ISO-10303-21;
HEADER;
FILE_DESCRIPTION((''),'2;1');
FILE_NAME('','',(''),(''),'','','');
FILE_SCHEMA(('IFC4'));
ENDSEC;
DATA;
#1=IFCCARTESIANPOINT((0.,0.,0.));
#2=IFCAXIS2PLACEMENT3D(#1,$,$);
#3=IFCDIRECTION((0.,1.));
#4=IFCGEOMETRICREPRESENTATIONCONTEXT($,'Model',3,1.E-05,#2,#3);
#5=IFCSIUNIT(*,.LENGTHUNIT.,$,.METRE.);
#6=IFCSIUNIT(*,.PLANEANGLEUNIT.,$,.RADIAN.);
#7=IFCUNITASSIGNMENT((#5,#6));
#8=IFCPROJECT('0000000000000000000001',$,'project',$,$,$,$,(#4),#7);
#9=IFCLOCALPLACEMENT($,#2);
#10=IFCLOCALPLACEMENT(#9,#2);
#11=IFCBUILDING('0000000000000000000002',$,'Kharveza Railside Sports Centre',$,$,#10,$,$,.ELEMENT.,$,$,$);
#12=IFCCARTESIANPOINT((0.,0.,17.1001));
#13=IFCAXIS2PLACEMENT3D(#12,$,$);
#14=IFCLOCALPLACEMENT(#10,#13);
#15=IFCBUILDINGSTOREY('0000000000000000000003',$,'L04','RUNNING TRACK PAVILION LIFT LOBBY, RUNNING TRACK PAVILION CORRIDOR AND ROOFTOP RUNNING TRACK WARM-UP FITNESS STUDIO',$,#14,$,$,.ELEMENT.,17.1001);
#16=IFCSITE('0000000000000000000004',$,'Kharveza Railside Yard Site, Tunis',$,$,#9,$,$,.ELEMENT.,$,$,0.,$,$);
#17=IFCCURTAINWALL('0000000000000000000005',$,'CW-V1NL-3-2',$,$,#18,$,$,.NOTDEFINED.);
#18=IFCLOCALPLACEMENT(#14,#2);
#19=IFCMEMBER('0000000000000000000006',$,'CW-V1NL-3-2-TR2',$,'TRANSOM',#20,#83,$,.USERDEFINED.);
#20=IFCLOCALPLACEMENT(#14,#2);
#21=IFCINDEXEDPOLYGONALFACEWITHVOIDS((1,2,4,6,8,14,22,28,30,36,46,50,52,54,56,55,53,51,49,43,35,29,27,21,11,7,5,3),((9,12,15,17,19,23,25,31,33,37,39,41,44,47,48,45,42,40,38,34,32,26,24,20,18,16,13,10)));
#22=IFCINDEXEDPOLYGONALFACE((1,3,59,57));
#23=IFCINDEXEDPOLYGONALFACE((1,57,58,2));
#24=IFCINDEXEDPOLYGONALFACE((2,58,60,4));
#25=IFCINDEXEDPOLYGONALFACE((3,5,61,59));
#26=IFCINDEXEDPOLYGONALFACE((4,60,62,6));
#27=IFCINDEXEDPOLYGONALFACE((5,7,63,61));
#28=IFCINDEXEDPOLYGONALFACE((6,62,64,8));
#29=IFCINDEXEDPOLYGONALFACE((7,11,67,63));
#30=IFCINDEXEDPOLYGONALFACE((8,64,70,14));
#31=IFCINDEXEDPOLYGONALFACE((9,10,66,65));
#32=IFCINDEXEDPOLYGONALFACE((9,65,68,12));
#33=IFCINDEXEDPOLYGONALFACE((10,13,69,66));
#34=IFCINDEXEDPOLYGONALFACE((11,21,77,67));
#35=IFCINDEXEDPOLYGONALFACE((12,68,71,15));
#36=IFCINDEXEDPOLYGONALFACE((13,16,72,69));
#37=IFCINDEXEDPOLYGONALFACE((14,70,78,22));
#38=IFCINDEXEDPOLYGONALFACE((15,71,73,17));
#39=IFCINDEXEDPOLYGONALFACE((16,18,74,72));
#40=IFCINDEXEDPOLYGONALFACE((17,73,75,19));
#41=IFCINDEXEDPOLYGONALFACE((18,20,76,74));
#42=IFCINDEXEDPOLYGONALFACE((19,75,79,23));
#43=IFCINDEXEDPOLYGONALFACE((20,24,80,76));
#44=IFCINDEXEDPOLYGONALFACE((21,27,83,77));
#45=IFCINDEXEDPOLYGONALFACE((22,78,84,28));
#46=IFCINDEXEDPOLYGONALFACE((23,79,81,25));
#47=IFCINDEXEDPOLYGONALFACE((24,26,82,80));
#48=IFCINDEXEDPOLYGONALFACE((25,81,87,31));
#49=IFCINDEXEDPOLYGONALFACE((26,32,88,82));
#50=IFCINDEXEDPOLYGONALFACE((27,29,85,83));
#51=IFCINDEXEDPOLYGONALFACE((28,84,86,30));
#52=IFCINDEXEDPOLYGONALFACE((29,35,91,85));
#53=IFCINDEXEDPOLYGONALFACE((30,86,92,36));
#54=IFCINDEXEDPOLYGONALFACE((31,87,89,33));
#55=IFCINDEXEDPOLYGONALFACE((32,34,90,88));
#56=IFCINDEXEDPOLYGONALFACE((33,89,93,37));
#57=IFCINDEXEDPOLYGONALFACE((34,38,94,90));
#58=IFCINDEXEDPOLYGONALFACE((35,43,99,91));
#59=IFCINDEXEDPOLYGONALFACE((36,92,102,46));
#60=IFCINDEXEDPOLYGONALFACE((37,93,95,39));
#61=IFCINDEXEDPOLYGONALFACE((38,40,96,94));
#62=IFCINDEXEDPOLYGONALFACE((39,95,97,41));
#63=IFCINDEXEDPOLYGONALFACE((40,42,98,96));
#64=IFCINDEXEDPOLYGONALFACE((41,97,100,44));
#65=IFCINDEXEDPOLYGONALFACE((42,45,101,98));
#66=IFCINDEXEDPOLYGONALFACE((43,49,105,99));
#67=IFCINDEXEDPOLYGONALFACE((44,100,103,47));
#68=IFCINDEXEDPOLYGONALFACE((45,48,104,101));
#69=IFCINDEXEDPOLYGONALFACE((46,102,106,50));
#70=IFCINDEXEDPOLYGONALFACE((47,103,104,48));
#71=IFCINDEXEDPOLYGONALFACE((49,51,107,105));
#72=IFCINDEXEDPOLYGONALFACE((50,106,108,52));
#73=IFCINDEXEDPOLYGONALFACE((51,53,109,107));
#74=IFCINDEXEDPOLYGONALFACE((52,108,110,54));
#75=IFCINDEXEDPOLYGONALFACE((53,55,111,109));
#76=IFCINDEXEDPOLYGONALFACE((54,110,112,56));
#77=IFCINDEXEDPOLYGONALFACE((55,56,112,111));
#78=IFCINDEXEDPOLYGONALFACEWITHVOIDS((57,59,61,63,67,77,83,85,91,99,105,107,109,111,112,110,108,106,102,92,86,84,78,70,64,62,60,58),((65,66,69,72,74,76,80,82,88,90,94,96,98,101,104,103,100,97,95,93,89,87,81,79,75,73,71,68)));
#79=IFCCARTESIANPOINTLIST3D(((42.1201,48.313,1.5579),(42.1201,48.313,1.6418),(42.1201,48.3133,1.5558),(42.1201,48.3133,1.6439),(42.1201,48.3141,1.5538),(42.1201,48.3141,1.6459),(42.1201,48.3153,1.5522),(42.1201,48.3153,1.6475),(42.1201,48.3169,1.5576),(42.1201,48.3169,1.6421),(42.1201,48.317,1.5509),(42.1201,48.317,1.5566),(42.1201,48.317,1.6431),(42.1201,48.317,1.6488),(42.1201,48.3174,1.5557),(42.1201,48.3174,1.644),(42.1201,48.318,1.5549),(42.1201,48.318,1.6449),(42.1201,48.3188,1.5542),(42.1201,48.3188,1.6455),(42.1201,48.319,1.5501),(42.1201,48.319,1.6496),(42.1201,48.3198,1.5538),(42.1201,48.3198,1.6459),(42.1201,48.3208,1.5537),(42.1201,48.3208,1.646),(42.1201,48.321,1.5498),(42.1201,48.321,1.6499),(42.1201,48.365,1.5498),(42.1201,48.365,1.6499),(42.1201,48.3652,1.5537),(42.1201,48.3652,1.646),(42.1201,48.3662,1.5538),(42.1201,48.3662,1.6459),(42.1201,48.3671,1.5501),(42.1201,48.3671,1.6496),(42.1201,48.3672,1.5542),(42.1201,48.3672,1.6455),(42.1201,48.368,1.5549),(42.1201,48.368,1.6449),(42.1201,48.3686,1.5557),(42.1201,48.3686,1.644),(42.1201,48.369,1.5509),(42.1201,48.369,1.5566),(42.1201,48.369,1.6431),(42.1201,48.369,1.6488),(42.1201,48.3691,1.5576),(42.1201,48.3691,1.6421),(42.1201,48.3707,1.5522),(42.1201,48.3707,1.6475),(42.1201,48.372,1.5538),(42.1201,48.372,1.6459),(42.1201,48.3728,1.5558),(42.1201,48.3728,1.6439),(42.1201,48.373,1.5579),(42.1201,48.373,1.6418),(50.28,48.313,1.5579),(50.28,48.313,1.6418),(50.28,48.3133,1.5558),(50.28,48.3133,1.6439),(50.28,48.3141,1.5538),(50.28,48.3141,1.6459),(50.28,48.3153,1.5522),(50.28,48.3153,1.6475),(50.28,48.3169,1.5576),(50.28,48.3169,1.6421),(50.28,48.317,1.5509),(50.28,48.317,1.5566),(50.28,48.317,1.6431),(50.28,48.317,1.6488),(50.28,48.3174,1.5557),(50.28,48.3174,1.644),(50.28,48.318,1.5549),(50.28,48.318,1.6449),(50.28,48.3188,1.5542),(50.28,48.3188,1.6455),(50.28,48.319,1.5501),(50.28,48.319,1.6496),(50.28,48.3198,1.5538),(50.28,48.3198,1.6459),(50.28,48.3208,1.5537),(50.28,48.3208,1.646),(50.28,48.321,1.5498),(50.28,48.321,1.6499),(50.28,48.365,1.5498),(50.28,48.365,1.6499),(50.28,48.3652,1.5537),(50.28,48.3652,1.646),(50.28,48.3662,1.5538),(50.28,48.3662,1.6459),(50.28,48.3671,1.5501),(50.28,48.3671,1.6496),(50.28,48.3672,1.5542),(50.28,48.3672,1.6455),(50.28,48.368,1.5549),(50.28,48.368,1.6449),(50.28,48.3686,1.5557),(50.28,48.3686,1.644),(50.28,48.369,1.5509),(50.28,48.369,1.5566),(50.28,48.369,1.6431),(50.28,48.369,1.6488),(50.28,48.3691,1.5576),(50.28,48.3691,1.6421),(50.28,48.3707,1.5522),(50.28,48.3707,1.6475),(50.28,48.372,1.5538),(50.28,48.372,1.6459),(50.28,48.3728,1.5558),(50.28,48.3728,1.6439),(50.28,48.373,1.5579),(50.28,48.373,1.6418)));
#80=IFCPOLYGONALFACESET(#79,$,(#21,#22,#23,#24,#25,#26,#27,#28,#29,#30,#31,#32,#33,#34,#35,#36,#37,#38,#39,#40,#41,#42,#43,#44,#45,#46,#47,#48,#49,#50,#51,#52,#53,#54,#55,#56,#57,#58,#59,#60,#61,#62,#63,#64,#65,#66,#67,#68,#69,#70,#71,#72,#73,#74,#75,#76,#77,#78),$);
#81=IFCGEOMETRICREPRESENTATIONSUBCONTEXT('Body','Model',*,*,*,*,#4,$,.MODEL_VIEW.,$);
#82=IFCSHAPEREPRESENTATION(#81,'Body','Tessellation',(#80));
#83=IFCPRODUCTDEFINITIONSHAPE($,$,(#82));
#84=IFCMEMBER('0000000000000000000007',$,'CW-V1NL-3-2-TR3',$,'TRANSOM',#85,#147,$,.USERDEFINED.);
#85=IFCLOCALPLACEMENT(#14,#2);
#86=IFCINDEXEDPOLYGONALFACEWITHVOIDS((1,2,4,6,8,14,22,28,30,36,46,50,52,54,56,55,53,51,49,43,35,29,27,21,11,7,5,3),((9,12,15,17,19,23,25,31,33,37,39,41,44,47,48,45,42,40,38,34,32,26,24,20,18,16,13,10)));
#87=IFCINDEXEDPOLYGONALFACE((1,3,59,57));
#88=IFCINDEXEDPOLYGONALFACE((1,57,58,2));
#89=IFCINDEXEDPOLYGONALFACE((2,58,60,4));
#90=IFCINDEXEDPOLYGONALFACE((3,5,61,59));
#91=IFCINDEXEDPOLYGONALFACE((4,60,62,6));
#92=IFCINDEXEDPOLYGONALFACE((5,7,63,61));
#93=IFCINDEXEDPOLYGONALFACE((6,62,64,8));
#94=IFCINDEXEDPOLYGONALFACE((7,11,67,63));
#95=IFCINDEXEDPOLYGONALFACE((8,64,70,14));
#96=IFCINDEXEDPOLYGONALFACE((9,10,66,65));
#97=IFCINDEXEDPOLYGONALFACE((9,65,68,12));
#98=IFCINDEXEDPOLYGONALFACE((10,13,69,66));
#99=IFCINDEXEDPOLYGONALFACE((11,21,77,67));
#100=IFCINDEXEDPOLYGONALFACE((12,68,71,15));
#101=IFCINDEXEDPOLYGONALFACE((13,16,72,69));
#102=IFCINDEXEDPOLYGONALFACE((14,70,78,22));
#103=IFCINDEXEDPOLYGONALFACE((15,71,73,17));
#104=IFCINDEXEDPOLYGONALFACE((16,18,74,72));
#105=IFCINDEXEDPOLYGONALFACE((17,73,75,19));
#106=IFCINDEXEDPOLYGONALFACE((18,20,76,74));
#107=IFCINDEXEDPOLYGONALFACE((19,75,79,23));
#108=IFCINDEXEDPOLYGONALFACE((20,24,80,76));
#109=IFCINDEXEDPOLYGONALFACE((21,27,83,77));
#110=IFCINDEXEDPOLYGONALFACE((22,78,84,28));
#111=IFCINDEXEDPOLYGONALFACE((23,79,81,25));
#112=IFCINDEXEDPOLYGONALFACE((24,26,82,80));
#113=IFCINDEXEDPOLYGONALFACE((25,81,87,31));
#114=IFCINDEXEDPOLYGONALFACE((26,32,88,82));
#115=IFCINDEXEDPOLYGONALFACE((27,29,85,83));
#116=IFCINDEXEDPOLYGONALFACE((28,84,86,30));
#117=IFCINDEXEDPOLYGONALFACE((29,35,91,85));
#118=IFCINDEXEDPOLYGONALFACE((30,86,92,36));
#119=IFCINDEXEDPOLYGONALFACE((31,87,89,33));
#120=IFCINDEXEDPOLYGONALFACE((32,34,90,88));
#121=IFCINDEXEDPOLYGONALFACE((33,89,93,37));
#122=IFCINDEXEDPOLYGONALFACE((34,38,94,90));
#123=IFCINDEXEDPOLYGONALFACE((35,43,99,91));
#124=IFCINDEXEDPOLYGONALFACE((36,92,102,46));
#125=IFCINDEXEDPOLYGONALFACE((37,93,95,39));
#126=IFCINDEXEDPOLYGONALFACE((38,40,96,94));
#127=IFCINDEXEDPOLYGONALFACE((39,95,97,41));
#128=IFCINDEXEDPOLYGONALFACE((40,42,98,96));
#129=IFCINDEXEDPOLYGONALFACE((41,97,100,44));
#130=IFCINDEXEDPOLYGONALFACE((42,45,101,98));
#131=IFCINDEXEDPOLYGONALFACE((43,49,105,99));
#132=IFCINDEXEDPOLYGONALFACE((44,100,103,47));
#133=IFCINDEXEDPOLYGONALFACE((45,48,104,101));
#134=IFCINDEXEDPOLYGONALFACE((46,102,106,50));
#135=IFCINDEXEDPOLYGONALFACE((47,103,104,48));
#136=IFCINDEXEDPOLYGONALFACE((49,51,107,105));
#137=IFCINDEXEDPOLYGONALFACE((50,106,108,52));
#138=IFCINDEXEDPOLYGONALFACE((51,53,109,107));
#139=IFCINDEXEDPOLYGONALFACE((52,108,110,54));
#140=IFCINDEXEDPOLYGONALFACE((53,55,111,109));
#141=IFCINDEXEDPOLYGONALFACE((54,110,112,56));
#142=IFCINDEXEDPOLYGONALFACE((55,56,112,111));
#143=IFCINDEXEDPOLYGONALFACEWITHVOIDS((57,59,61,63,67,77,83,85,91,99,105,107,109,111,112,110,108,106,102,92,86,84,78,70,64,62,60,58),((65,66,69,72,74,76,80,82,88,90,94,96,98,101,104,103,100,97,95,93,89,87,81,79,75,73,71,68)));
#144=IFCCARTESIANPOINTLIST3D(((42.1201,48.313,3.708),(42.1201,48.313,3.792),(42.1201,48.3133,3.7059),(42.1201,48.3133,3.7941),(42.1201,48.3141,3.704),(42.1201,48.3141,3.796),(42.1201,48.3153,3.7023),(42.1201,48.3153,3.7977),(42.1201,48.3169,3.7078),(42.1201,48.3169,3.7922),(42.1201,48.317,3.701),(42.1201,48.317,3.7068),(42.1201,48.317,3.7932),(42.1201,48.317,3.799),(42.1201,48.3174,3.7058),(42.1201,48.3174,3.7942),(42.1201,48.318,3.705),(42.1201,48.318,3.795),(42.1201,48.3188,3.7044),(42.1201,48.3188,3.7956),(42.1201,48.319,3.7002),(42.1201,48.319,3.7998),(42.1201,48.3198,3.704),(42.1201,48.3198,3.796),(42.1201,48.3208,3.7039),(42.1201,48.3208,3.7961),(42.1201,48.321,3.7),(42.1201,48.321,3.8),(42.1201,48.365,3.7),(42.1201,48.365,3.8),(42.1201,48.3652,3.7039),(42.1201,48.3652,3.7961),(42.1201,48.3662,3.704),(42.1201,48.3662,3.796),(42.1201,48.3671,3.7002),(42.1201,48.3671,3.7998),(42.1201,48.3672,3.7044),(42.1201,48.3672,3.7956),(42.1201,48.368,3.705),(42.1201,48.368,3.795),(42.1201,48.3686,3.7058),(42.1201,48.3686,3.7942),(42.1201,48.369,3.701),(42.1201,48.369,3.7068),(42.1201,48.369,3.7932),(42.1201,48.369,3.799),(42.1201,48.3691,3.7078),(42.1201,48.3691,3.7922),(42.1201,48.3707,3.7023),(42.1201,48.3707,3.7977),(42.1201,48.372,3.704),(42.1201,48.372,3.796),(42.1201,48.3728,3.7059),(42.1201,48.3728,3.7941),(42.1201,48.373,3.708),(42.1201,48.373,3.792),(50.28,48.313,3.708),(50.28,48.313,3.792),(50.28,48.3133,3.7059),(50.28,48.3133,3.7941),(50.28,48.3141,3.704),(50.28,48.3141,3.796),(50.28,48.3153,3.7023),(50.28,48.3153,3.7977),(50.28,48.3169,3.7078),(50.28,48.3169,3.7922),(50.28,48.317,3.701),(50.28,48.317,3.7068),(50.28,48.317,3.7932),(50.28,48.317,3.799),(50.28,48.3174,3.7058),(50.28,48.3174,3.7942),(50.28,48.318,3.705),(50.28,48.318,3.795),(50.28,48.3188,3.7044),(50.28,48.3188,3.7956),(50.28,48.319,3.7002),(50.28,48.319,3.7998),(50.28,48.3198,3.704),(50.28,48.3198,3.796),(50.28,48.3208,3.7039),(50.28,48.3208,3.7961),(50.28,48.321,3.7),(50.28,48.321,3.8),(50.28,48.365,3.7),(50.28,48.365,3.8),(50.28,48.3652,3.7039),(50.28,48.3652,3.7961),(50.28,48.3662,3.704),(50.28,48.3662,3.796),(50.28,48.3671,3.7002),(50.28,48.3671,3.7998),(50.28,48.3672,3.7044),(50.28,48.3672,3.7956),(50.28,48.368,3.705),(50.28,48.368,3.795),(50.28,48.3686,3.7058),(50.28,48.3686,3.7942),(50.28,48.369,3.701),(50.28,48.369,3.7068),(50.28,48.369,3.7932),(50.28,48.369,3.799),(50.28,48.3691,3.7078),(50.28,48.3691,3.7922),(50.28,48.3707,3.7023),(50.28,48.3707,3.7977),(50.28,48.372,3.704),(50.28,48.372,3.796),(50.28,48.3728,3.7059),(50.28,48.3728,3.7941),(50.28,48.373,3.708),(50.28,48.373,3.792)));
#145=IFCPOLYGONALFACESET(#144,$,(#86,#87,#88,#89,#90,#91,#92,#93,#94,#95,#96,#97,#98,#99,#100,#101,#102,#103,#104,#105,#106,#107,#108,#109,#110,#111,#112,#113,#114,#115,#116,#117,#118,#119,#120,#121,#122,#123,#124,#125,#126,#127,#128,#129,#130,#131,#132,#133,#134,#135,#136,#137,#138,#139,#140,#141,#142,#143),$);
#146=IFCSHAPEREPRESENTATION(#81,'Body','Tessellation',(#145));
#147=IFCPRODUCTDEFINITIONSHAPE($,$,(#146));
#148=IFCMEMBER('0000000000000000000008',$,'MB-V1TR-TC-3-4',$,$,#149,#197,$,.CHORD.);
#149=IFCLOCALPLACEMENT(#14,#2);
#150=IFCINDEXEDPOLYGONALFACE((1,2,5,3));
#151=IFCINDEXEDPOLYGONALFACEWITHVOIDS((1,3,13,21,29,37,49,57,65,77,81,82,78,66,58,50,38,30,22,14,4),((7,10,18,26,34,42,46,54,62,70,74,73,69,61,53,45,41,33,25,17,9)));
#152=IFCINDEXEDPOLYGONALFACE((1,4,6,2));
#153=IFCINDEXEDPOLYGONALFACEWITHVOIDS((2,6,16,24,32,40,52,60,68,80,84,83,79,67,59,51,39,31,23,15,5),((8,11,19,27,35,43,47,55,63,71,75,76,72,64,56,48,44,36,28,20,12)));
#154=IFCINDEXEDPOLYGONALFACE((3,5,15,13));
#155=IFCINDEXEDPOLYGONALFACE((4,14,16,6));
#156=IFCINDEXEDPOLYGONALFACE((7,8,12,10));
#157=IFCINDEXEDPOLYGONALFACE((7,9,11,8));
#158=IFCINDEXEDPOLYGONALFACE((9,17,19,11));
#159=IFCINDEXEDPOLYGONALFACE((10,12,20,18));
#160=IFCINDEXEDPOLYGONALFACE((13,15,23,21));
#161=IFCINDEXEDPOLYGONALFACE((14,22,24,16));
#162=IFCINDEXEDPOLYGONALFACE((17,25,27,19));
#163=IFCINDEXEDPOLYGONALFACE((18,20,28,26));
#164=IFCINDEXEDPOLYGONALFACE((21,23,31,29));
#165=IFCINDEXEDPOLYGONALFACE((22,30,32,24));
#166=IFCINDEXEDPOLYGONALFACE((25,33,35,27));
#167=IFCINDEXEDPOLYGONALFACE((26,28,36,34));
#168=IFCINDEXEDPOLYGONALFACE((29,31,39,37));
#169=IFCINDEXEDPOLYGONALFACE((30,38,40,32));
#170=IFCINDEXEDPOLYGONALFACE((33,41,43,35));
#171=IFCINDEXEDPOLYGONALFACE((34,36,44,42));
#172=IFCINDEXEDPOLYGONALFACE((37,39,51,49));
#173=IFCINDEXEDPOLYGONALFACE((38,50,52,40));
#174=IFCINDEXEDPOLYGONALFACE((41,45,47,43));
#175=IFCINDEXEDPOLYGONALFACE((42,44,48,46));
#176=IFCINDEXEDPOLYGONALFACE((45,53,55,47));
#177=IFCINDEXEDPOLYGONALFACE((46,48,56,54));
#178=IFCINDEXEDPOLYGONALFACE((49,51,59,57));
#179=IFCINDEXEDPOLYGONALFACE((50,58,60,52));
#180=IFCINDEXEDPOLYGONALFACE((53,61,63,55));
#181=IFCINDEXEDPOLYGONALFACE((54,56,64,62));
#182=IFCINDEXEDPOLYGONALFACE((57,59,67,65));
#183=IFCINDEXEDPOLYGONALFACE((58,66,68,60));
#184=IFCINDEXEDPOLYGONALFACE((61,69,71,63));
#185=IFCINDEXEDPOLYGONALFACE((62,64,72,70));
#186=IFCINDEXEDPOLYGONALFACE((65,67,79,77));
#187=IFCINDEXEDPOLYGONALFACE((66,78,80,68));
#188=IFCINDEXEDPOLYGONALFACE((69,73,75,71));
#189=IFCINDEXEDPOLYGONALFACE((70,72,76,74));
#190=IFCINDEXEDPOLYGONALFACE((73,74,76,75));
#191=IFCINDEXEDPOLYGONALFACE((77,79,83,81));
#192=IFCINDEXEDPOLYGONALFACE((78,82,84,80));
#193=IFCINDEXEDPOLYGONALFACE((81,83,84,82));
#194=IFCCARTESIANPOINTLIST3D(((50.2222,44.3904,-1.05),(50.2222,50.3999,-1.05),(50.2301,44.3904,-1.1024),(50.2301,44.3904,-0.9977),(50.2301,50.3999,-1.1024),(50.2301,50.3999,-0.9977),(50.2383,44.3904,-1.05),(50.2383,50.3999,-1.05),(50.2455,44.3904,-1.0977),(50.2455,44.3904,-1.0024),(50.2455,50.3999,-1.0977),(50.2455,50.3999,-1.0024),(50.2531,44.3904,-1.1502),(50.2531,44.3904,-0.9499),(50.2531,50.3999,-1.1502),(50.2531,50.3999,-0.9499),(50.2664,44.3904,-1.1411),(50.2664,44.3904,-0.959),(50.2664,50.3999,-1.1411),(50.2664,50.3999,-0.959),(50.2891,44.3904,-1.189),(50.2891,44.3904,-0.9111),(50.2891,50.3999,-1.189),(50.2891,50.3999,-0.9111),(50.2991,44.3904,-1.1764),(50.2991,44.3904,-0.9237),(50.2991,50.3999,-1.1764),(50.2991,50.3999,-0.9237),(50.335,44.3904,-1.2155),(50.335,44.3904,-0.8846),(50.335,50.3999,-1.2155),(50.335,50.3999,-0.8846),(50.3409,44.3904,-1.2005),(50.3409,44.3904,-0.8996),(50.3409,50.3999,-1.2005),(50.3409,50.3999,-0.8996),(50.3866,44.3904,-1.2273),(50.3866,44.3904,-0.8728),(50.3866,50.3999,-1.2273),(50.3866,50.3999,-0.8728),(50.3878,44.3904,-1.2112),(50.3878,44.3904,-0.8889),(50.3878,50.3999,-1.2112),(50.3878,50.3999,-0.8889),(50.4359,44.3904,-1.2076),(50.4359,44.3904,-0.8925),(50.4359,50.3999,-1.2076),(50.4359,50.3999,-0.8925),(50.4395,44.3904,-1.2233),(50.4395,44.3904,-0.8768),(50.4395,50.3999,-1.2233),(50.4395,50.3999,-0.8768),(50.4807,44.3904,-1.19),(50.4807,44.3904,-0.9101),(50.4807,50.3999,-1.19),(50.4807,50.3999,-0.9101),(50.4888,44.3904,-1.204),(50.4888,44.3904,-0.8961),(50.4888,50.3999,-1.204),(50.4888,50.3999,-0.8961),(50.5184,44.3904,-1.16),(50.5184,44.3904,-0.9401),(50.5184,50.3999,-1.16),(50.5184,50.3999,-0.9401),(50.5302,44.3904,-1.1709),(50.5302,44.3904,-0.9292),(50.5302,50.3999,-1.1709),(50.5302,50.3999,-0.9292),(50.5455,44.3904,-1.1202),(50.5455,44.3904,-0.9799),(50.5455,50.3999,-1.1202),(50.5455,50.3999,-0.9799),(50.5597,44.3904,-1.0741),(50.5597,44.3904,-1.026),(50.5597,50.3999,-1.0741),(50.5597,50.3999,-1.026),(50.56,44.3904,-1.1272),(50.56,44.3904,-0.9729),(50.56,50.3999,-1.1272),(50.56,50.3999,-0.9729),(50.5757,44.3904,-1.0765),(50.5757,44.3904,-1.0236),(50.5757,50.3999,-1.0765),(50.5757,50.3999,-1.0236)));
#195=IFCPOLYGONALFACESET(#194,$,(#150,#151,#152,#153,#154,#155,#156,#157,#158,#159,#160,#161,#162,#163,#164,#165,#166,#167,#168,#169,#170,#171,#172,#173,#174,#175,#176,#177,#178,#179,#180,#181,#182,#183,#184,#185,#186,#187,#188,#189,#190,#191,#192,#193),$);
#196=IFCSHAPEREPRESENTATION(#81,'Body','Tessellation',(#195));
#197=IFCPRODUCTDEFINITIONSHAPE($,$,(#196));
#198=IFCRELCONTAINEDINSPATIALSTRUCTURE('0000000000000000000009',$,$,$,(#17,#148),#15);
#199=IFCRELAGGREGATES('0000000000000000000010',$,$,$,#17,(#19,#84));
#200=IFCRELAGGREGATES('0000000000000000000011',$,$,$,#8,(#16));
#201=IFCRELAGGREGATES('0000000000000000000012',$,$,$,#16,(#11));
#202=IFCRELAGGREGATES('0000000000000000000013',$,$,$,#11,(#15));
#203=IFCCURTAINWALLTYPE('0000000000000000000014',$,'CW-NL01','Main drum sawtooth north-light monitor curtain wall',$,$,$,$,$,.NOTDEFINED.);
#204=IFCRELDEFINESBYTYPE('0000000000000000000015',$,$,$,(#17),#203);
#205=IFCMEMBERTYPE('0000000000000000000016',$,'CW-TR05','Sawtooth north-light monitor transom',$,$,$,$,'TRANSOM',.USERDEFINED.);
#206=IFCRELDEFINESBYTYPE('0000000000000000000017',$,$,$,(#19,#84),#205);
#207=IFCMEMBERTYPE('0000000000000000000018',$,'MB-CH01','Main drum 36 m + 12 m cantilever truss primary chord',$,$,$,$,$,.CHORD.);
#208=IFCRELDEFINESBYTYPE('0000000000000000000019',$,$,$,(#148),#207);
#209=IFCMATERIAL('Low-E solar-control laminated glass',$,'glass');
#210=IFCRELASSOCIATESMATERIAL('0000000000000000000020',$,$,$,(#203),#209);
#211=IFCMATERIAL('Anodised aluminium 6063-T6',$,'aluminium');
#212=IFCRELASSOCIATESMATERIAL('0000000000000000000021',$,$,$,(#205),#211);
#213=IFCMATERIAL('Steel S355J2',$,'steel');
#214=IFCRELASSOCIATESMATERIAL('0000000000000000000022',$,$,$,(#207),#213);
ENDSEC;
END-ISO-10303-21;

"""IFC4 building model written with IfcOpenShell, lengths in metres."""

from ifc_helpers import new_model, si_unit, direction, frame, origin, origin_2d, place, context, subcontext, project, spatial, hollow_rectangle, hollow_circle, extrude, material, material_profile, profile_set, type_object, element, aggregate, save


model = new_model("IFC4")

# Units and contexts
model_context = context("Model", 3, precision=1e-05, world=origin(), true_north=direction((0.0, 1.0)))
body_context = subcontext(model_context, "Body", "Model", "MODEL_VIEW")
ifc_project = project(units=[si_unit("LENGTHUNIT", "METRE"), si_unit("PLANEANGLEUNIT", "RADIAN")], contexts=[model_context])

# Site, building, storey
site_placement = place(None, origin())
site = spatial("IfcSite", under=ifc_project, at=site_placement, Name="Kharveza Railside Yard Site, Tunis", CompositionType="ELEMENT", RefElevation=0.0)
building_placement = place(site_placement, origin())
building = spatial("IfcBuilding", under=site, at=building_placement, Name="Kharveza Railside Sports Centre", CompositionType="ELEMENT")
storey_placement = place(building_placement, frame((0.0, 0.0, 17.1001)))
storey = spatial("IfcBuildingStorey", under=building, at=storey_placement, Name="L04", Description="RUNNING TRACK PAVILION LIFT LOBBY, RUNNING TRACK PAVILION CORRIDOR AND ROOFTOP RUNNING TRACK WARM-UP FITNESS STUDIO", CompositionType="ELEMENT", Elevation=17.1001)

# Shared definitions
ifc_material_1 = material(Name="Low-E solar-control laminated glass", Category="glass")
curtain_wall_type = type_object("IfcCurtainWallType", Name="CW-NL01", Description="Main drum sawtooth north-light monitor curtain wall", PredefinedType="NOTDEFINED", material=ifc_material_1)
ifc_material_2 = material(Name="Anodised aluminium 6063-T6", Category="aluminium")

# Curtain wall
curtain_wall_1_placement = place(storey_placement, origin())
curtain_wall_1 = element("IfcCurtainWall", 1, at=curtain_wall_1_placement, inside=storey, type_object=curtain_wall_type, Name="CW-V1NL-3-2", PredefinedType="NOTDEFINED")

# Members
ifc_material_profile_1 = material_profile(ifc_material_2, hollow_rectangle(XDim=0.0601, YDim=0.1001, WallThickness=0.0039, InnerFilletRadius=0.0039, OuterFilletRadius=0.0081, at=origin_2d()), Name="RHS 60x100x4.0")
ifc_profile_set_1 = profile_set([ifc_material_profile_1], Name="Anodised aluminium 6063-T6")
member_type_1 = type_object("IfcMemberType", Name="CW-TR05", Description="Sawtooth north-light monitor transom", ElementType="TRANSOM", PredefinedType="USERDEFINED", material=ifc_profile_set_1)
member_1_placement = place(storey_placement, frame((42.1201, 48.343, 1.5999), z_axis=(1.0, 0.0, 0.0), x_axis=(0.0, 1.0, 0.0)))
member_1 = element("IfcMember", 2, at=member_1_placement, type_object=member_type_1, Name="CW-V1NL-3-2-TR2", ObjectType="TRANSOM", PredefinedType="USERDEFINED", context=body_context, shape_type="SweptSolid", body=[
    extrude(hollow_rectangle(XDim=0.0601, YDim=0.1001, WallThickness=0.0039, InnerFilletRadius=0.0039, OuterFilletRadius=0.0081, at=origin_2d()), origin(), (0.0, 0.0, 1.0), 8.1599),
])
member_2_placement = place(storey_placement, frame((42.1201, 48.343, 3.75), z_axis=(1.0, 0.0, 0.0), x_axis=(0.0, 1.0, 0.0)))
member_2 = element("IfcMember", 3, at=member_2_placement, type_object=member_type_1, Name="CW-V1NL-3-2-TR3", ObjectType="TRANSOM", PredefinedType="USERDEFINED", context=body_context, shape_type="SweptSolid", body=[
    extrude(hollow_rectangle(XDim=0.0601, YDim=0.1001, WallThickness=0.0039, InnerFilletRadius=0.0039, OuterFilletRadius=0.0081, at=origin_2d()), origin(), (0.0, 0.0, 1.0), 8.1599),
])
aggregate(curtain_wall_1, [member_1, member_2])

# Member
ifc_material_3 = material(Name="Steel S355J2", Category="steel")
ifc_material_profile_2 = material_profile(ifc_material_3, hollow_circle(Radius=0.1777, WallThickness=0.0161, at=origin_2d()), Name="CHS 355.6x16.0")
ifc_profile_set_2 = profile_set([ifc_material_profile_2], Name="Steel S355J2")
member_type_2 = type_object("IfcMemberType", Name="MB-CH01", Description="Main drum 36 m + 12 m cantilever truss primary chord", PredefinedType="CHORD", material=ifc_profile_set_2)
member_3_placement = place(storey_placement, frame((50.3999, 44.3904, -1.05), z_axis=(0.0, 1.0, 0.0), x_axis=(-1.0, 0.0, 0.0)))
element("IfcMember", 4, at=member_3_placement, inside=storey, type_object=member_type_2, Name="MB-V1TR-TC-3-4", PredefinedType="CHORD", context=body_context, shape_type="SweptSolid", body=[
    extrude(hollow_circle(Radius=0.1777, WallThickness=0.0161, at=origin_2d()), origin(), (0.0, 0.0, 1.0), 6.0095),
])

save(model, "model.ifc")
